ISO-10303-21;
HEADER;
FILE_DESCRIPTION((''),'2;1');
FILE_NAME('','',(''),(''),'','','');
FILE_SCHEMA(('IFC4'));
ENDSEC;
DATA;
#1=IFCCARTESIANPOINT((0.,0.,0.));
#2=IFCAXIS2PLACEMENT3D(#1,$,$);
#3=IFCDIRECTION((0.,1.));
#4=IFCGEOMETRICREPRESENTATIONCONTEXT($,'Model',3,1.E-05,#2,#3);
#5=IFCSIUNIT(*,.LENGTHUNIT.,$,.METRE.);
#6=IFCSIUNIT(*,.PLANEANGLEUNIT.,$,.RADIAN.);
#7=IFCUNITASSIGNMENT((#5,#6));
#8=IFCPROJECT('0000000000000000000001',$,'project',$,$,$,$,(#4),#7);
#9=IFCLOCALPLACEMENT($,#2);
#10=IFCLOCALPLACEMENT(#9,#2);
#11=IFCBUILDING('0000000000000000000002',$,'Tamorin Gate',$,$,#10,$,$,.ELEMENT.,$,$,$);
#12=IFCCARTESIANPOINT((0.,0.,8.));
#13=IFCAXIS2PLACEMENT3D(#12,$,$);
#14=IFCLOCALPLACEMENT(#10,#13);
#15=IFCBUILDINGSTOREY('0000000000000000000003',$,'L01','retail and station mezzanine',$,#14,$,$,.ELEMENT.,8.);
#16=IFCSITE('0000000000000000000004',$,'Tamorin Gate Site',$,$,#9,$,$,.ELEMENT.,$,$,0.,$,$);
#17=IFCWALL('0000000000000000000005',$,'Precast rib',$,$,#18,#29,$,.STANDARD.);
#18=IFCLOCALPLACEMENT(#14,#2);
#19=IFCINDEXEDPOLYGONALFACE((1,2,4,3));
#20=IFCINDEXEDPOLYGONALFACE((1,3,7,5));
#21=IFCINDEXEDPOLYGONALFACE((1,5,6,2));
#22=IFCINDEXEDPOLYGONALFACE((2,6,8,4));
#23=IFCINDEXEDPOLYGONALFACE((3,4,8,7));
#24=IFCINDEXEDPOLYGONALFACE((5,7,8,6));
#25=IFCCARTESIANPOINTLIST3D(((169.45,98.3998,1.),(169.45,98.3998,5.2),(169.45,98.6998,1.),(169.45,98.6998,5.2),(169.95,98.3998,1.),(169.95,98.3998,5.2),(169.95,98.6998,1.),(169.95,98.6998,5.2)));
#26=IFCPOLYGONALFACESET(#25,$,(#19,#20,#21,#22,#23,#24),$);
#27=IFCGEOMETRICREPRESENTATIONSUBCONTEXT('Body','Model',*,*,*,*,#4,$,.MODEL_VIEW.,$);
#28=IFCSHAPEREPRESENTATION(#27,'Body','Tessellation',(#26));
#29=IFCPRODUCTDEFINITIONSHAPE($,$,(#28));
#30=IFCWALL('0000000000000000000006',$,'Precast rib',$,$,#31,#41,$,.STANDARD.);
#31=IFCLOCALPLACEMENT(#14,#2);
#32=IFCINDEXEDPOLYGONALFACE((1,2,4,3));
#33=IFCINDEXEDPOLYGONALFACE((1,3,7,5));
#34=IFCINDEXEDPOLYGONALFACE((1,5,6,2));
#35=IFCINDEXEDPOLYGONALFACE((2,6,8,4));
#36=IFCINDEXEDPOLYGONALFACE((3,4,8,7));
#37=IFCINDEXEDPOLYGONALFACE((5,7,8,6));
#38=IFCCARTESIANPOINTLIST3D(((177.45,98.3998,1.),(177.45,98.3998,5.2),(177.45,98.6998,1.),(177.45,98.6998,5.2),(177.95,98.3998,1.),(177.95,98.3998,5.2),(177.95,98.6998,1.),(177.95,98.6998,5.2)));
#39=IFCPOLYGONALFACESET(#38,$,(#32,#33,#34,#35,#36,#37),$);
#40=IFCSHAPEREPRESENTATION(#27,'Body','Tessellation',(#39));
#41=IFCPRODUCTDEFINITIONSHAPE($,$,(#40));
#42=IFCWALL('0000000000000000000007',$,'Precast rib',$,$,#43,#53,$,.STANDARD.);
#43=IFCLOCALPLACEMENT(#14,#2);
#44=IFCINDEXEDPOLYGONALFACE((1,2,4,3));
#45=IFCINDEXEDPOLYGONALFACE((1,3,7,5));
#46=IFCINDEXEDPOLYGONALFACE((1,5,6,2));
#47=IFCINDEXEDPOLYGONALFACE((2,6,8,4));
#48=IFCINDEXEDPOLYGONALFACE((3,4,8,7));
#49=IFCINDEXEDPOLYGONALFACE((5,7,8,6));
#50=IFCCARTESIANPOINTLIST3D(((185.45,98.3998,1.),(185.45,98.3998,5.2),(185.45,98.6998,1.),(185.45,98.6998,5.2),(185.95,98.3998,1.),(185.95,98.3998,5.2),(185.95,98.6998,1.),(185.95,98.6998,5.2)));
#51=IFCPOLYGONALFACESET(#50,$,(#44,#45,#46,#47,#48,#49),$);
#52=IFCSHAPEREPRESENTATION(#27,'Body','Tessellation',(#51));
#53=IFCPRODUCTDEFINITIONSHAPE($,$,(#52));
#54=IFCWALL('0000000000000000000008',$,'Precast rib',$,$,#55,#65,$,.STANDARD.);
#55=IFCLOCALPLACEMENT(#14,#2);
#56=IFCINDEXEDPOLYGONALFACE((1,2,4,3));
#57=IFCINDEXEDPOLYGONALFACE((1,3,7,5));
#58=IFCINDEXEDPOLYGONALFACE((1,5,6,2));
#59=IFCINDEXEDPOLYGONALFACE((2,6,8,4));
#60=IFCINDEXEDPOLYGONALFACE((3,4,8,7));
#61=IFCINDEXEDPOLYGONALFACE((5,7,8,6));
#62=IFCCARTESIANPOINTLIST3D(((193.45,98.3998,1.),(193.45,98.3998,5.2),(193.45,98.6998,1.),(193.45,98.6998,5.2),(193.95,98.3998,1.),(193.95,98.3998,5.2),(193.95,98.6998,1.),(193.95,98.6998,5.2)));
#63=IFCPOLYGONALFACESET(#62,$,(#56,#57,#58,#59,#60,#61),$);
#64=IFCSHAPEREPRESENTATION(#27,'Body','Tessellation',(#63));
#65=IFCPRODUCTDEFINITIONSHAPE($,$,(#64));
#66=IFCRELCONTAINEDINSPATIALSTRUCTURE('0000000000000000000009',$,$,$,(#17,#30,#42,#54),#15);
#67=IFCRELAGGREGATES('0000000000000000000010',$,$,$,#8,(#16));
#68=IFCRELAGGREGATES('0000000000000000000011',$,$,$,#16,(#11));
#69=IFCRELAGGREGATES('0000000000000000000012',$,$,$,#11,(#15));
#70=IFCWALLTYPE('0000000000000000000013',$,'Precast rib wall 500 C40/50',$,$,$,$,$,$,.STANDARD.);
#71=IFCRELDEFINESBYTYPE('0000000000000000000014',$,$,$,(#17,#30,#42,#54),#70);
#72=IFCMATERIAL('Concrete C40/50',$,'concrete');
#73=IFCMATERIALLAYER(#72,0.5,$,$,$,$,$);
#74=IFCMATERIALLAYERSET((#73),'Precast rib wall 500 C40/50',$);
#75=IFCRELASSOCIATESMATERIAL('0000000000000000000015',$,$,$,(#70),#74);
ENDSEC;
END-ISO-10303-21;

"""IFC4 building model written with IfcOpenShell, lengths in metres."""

from ifc_helpers import new_model, si_unit, direction, frame, frame_2d, origin, place, context, subcontext, project, spatial, rectangle, extrude, material, layer, layer_set, type_object, element, save


model = new_model("IFC4")

# Units and contexts
model_context = context("Model", 3, precision=1e-05, world=origin(), true_north=direction((0.0, 1.0)))
body_context = subcontext(model_context, "Body", "Model", "MODEL_VIEW")
ifc_project = project(units=[si_unit("LENGTHUNIT", "METRE"), si_unit("PLANEANGLEUNIT", "RADIAN")], contexts=[model_context])

# Site, building, storey
site_placement = place(None, origin())
site = spatial("IfcSite", under=ifc_project, at=site_placement, Name="Tamorin Gate Site", CompositionType="ELEMENT", RefElevation=0.0)
building_placement = place(site_placement, origin())
building = spatial("IfcBuilding", under=site, at=building_placement, Name="Tamorin Gate", CompositionType="ELEMENT")
storey_placement = place(building_placement, frame((0.0, 0.0, 8.0)))
storey = spatial("IfcBuildingStorey", under=building, at=storey_placement, Name="L01", Description="retail and station mezzanine", CompositionType="ELEMENT", Elevation=8.0)

# Walls
ifc_material_1 = material(Name="Concrete C40/50", Category="concrete")
ifc_layer = layer(ifc_material_1, 0.5)
ifc_layer_set = layer_set([ifc_layer], Name="Precast rib wall 500 C40/50")
wall_type = type_object("IfcWallType", Name="Precast rib wall 500 C40/50", PredefinedType="STANDARD", material=ifc_layer_set)
for number, where, z_axis, x_axis, name in (
    (1, (169.7, 98.3999, 1.0), (0.0, 0.0, 1.0), (0.0, 1.0, 0.0), "Precast rib"),
    (2, (177.7, 98.3999, 1.0), (0.0, 0.0, 1.0), (0.0, 1.0, 0.0), "Precast rib"),
    (3, (185.7, 98.3999, 1.0), (0.0, 0.0, 1.0), (0.0, 1.0, 0.0), "Precast rib"),
    (4, (193.7, 98.3999, 1.0), (0.0, 0.0, 1.0), (0.0, 1.0, 0.0), "Precast rib"),
):
    element("IfcWall", number, at=place(storey_placement, frame(where, z_axis=z_axis, x_axis=x_axis)), inside=storey, type_object=wall_type, Name=name, PredefinedType="STANDARD", context=body_context, shape_type="SweptSolid", body=[
        extrude(rectangle(XDim=0.3, YDim=0.5, at=frame_2d((0.1499, 0.0))), origin(), (0.0, 0.0, 1.0), 4.2),
    ])

save(model, "model.ifc")
